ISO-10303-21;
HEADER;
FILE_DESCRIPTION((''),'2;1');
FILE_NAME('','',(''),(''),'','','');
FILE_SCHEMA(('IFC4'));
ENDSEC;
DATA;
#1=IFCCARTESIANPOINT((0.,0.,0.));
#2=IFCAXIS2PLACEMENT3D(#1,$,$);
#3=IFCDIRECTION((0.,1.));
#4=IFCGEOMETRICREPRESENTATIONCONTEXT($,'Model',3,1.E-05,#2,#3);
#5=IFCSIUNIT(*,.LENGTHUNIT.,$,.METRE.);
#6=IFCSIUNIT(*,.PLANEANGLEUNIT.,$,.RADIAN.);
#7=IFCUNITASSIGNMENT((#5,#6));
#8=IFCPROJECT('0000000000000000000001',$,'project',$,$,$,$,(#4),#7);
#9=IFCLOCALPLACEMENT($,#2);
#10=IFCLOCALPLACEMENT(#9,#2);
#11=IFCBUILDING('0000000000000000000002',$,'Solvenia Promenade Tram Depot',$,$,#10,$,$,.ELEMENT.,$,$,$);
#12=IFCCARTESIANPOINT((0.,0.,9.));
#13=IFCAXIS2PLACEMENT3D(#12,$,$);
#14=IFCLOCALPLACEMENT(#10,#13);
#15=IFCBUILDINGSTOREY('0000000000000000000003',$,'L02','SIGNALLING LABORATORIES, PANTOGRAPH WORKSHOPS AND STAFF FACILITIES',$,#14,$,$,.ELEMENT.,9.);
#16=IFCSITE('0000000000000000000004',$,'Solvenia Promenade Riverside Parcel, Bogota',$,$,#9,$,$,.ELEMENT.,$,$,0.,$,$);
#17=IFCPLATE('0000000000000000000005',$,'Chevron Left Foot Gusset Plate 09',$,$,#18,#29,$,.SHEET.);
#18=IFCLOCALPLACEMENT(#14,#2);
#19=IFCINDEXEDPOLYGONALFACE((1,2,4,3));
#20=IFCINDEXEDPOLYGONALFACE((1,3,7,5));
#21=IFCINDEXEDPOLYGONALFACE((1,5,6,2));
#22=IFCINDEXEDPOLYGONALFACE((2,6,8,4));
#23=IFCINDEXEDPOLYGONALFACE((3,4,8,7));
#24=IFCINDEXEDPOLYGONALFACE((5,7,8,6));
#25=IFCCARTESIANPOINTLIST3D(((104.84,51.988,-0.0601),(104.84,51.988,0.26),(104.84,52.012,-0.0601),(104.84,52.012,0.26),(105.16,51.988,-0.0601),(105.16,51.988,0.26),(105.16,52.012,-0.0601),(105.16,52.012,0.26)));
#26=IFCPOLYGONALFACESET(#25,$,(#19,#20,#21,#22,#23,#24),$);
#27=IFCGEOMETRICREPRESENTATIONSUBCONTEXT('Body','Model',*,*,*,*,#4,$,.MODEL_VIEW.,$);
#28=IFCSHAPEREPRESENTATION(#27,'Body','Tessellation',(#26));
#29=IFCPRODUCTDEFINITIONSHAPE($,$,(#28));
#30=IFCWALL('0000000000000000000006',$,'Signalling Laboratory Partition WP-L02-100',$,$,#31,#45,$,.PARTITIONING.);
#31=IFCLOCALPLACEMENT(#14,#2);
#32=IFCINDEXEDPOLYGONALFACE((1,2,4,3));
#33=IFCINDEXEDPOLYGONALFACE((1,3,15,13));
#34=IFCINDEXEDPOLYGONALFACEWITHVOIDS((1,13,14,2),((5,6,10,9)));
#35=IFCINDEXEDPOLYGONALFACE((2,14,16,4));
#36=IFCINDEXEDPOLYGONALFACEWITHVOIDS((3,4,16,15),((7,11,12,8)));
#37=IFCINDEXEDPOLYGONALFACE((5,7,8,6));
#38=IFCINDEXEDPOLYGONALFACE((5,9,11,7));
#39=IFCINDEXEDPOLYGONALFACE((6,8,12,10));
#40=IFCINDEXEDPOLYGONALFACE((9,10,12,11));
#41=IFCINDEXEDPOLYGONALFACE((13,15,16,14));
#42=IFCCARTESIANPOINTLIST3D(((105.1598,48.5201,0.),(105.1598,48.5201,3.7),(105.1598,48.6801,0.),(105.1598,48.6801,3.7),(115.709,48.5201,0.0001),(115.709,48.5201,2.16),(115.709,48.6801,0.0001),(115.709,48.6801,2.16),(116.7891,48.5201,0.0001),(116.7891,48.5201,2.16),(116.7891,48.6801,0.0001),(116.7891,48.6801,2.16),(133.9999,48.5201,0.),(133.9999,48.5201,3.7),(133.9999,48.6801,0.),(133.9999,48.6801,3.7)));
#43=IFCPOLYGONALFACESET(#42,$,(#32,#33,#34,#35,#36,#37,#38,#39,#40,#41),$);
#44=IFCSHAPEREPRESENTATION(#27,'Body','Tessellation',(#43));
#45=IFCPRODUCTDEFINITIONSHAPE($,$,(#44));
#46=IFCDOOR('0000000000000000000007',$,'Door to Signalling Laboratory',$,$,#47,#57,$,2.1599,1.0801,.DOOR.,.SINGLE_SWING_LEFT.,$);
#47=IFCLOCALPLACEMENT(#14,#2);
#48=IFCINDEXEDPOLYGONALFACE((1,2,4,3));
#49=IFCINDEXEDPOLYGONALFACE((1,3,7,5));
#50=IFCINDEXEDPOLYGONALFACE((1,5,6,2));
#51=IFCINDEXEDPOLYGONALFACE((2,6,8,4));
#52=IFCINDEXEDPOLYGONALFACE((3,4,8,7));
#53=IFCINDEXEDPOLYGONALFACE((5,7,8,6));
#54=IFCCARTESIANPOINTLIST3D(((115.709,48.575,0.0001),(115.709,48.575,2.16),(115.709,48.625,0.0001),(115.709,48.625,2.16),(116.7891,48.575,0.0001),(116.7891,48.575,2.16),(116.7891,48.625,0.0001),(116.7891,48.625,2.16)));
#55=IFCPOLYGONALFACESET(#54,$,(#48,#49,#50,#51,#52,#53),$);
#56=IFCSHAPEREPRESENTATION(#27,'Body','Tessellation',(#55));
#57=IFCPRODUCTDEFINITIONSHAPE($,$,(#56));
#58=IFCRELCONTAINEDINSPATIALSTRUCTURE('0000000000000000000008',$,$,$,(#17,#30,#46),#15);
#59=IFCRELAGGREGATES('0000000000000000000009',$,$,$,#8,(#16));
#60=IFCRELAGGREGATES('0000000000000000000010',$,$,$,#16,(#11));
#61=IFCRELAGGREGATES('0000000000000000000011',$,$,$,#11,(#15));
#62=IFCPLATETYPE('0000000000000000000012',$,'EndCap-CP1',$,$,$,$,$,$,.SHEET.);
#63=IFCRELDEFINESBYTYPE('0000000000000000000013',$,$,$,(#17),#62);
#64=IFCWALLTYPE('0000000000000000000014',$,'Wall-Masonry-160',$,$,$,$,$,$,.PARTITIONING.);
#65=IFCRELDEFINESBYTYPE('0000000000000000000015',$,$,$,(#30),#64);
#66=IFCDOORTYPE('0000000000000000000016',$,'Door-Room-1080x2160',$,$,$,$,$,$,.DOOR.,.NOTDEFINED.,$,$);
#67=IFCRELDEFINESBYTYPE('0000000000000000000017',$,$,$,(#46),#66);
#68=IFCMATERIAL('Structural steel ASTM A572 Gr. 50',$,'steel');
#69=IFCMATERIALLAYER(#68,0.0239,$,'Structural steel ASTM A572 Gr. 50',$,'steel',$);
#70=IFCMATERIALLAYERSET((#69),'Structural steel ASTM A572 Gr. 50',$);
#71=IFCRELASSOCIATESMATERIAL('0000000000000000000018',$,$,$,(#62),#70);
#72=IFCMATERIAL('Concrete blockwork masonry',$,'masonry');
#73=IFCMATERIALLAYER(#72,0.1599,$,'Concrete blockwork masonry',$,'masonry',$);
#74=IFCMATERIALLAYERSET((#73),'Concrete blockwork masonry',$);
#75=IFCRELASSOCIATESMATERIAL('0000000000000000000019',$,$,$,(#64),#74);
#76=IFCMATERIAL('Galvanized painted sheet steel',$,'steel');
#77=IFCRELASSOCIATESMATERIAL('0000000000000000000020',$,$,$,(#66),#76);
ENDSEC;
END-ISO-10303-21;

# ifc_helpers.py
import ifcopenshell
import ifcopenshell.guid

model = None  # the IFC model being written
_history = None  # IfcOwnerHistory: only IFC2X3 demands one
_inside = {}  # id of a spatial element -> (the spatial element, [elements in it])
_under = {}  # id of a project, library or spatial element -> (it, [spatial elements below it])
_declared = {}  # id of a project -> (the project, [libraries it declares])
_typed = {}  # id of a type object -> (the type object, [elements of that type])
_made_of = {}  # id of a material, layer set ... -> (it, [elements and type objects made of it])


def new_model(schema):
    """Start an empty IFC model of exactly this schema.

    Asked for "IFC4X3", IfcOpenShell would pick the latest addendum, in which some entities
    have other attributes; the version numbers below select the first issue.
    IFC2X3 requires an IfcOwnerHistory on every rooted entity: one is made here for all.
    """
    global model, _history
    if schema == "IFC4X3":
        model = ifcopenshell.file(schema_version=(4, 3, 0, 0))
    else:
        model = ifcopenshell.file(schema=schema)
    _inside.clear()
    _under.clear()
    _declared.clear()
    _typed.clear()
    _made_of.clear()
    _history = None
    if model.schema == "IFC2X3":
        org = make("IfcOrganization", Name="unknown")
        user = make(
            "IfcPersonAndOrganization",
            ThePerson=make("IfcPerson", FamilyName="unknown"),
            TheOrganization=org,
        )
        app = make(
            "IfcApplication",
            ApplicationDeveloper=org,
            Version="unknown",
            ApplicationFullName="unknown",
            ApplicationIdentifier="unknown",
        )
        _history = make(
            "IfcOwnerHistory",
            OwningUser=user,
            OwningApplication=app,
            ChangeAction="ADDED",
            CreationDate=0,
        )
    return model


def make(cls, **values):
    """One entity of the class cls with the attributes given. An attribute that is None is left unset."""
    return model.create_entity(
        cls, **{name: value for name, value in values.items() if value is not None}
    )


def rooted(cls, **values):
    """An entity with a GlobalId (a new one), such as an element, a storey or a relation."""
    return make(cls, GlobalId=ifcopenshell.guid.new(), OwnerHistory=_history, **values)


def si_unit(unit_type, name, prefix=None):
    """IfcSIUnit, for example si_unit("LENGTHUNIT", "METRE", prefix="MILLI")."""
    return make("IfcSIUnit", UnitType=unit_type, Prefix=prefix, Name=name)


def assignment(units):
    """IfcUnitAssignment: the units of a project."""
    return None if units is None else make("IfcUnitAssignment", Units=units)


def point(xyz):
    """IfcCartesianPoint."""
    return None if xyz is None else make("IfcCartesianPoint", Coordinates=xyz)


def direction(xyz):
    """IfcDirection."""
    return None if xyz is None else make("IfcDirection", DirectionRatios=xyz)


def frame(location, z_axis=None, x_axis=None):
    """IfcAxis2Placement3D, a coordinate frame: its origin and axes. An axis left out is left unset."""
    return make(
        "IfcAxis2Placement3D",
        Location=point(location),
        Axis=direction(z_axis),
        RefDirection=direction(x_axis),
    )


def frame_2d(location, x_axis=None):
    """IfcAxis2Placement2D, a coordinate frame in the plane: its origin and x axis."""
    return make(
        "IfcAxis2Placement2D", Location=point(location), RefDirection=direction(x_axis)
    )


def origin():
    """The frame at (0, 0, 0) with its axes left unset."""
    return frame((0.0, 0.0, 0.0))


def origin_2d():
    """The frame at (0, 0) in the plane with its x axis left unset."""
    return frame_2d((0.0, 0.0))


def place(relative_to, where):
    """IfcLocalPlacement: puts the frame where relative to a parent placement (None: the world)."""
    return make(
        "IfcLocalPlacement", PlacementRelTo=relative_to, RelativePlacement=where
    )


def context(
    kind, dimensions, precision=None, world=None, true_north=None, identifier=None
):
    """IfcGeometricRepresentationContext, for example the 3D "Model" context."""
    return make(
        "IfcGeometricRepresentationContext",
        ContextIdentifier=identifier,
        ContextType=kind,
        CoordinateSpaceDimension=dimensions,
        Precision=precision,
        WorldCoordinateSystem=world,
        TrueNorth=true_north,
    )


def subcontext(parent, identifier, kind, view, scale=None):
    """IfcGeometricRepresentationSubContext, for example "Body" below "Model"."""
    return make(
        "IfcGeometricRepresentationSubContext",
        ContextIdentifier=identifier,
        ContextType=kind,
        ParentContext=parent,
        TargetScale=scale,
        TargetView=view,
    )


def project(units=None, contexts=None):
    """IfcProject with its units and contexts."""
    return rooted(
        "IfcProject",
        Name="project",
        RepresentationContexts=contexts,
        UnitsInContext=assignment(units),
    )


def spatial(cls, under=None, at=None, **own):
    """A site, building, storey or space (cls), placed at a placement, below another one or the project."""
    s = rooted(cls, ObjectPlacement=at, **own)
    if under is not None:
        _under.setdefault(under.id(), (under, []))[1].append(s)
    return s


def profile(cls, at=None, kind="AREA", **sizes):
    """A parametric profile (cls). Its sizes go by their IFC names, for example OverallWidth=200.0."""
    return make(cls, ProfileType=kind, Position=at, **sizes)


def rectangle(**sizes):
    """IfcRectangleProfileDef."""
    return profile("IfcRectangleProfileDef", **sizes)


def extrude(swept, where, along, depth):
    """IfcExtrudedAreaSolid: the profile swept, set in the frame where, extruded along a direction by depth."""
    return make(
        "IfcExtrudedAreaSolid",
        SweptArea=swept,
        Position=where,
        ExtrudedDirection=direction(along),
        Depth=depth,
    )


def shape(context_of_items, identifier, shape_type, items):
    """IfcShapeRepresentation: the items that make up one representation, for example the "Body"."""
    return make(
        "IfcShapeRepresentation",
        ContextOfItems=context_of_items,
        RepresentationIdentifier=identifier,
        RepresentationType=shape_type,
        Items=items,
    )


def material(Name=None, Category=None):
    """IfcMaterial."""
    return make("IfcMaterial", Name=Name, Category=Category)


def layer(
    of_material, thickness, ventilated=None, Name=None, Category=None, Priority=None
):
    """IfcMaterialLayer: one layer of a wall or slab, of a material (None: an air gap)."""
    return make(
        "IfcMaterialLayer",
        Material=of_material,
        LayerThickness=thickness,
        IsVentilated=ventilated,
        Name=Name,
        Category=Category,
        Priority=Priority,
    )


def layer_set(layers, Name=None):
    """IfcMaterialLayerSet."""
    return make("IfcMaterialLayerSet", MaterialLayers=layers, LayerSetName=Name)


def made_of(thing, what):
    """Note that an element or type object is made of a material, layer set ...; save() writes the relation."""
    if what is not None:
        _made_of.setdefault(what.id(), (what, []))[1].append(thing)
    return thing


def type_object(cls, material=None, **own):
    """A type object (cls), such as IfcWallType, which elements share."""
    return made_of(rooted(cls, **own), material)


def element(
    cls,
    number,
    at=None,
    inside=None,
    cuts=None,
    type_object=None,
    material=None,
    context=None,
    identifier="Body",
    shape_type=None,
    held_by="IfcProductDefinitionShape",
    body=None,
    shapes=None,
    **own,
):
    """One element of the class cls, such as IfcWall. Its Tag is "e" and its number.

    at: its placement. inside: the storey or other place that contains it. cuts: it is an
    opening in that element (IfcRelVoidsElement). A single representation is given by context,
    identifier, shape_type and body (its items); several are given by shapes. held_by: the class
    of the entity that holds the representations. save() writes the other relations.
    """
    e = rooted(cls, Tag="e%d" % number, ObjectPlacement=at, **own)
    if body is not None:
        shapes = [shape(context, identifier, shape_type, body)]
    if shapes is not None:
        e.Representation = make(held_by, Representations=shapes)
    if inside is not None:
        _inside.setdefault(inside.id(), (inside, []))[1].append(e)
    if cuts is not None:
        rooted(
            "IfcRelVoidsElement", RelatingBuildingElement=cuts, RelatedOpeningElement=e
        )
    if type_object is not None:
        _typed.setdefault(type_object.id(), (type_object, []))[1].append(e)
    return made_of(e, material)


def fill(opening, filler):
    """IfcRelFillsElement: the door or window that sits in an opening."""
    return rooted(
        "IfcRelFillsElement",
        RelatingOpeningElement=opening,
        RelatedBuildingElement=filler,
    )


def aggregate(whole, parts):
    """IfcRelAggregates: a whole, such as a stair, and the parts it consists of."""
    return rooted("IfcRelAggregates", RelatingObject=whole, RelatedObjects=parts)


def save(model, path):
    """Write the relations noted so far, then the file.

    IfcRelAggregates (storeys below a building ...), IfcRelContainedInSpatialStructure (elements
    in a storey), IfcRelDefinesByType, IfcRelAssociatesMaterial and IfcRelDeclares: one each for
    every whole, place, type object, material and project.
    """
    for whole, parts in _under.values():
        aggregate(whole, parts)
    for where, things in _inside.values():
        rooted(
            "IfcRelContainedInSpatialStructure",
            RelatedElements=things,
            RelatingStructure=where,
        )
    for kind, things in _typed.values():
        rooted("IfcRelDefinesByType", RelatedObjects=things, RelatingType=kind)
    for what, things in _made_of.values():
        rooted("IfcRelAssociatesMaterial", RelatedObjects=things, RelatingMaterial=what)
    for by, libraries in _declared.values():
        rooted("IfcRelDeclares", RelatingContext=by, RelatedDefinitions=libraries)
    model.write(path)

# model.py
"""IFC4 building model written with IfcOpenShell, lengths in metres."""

from ifc_helpers import new_model, si_unit, direction, frame, frame_2d, origin, origin_2d, place, context, subcontext, project, spatial, rectangle, extrude, material, layer, layer_set, type_object, element, fill, save


model = new_model("IFC4")

# Units and contexts
model_context = context("Model", 3, precision=1e-05, world=origin(), true_north=direction((0.0, 1.0)))
body_context = subcontext(model_context, "Body", "Model", "MODEL_VIEW")
ifc_project = project(units=[si_unit("LENGTHUNIT", "METRE"), si_unit("PLANEANGLEUNIT", "RADIAN")], contexts=[model_context])

# Site, building, storey
site_placement = place(None, origin())
site = spatial("IfcSite", under=ifc_project, at=site_placement, Name="Solvenia Promenade Riverside Parcel, Bogota", CompositionType="ELEMENT", RefElevation=0.0)
building_placement = place(site_placement, origin())
building = spatial("IfcBuilding", under=site, at=building_placement, Name="Solvenia Promenade Tram Depot", CompositionType="ELEMENT")
storey_placement = place(building_placement, frame((0.0, 0.0, 9.0)))
storey = spatial("IfcBuildingStorey", under=building, at=storey_placement, Name="L02", Description="SIGNALLING LABORATORIES, PANTOGRAPH WORKSHOPS AND STAFF FACILITIES", CompositionType="ELEMENT", Elevation=9.0)

# Plate
ifc_material_1 = material(Name="Structural steel ASTM A572 Gr. 50", Category="steel")
ifc_layer_1 = layer(ifc_material_1, 0.0239, Name="Structural steel ASTM A572 Gr. 50", Category="steel")
ifc_layer_set_1 = layer_set([ifc_layer_1], Name="Structural steel ASTM A572 Gr. 50")
plate_type_1 = type_object("IfcPlateType", Name="EndCap-CP1", PredefinedType="SHEET", material=ifc_layer_set_1)
plate_1_placement = place(storey_placement, frame((105.0, 52.0, -0.0601), z_axis=(0.0, 0.0, 1.0), x_axis=(1.0, 0.0, 0.0)))
element("IfcPlate", 1, at=plate_1_placement, inside=storey, type_object=plate_type_1, Name="Chevron Left Foot Gusset Plate 09", PredefinedType="SHEET", context=body_context, shape_type="SweptSolid", body=[
    extrude(rectangle(XDim=0.3201, YDim=0.0239, at=origin_2d()), origin(), (0.0, 0.0, 1.0), 0.3201),
])

# Shared definitions
ifc_material_2 = material(Name="Galvanized painted sheet steel", Category="steel")

# Wall, opening, door
ifc_material_3 = material(Name="Concrete blockwork masonry", Category="masonry")
ifc_layer_2 = layer(ifc_material_3, 0.1599, Name="Concrete blockwork masonry", Category="masonry")
ifc_layer_set_2 = layer_set([ifc_layer_2], Name="Concrete blockwork masonry")
wall_type_1 = type_object("IfcWallType", Name="Wall-Masonry-160", PredefinedType="PARTITIONING", material=ifc_layer_set_2)
wall_1_placement = place(storey_placement, frame((105.1599, 48.6001, 0.0), z_axis=(0.0, 0.0, 1.0), x_axis=(1.0, 0.0, 0.0)))
wall_1 = element("IfcWall", 2, at=wall_1_placement, inside=storey, type_object=wall_type_1, Name="Signalling Laboratory Partition WP-L02-100", PredefinedType="PARTITIONING", context=body_context, shape_type="SweptSolid", body=[
    extrude(rectangle(XDim=28.8401, YDim=0.1599, at=frame_2d((14.4199, 0.0))), origin(), (0.0, 0.0, 1.0), 3.7),
])
opening_1_placement = place(wall_1_placement, frame((10.5491, 0.0, 0.0)))
opening_1 = element("IfcOpeningElement", 3, at=opening_1_placement, cuts=wall_1, PredefinedType="OPENING", context=body_context, shape_type="SweptSolid", body=[
    extrude(rectangle(XDim=1.0801, YDim=2.1599, at=frame_2d((0.54, 1.0801))), frame((0.0, 0.0898, 0.0), z_axis=(0.0, -1.0, 0.0), x_axis=(1.0, 0.0, 0.0)), (0.0, 0.0, 1.0), 0.1799),
])
door_type_1 = type_object("IfcDoorType", Name="Door-Room-1080x2160", OperationType="NOTDEFINED", PredefinedType="DOOR", material=ifc_material_2)
door_1_placement = place(opening_1_placement, origin())
door_1 = element("IfcDoor", 4, at=door_1_placement, inside=storey, type_object=door_type_1, Name="Door to Signalling Laboratory", OperationType="SINGLE_SWING_LEFT", OverallHeight=2.1599, OverallWidth=1.0801, PredefinedType="DOOR", context=body_context, shape_type="SweptSolid", body=[
    extrude(rectangle(XDim=1.0801, YDim=2.1599, at=frame_2d((0.54, 1.0801))), frame((0.0, 0.0249, 0.0), z_axis=(0.0, -1.0, 0.0), x_axis=(1.0, 0.0, 0.0)), (0.0, 0.0, 1.0), 0.05),
])
fill(opening_1, door_1)

save(model, "model.ifc")
